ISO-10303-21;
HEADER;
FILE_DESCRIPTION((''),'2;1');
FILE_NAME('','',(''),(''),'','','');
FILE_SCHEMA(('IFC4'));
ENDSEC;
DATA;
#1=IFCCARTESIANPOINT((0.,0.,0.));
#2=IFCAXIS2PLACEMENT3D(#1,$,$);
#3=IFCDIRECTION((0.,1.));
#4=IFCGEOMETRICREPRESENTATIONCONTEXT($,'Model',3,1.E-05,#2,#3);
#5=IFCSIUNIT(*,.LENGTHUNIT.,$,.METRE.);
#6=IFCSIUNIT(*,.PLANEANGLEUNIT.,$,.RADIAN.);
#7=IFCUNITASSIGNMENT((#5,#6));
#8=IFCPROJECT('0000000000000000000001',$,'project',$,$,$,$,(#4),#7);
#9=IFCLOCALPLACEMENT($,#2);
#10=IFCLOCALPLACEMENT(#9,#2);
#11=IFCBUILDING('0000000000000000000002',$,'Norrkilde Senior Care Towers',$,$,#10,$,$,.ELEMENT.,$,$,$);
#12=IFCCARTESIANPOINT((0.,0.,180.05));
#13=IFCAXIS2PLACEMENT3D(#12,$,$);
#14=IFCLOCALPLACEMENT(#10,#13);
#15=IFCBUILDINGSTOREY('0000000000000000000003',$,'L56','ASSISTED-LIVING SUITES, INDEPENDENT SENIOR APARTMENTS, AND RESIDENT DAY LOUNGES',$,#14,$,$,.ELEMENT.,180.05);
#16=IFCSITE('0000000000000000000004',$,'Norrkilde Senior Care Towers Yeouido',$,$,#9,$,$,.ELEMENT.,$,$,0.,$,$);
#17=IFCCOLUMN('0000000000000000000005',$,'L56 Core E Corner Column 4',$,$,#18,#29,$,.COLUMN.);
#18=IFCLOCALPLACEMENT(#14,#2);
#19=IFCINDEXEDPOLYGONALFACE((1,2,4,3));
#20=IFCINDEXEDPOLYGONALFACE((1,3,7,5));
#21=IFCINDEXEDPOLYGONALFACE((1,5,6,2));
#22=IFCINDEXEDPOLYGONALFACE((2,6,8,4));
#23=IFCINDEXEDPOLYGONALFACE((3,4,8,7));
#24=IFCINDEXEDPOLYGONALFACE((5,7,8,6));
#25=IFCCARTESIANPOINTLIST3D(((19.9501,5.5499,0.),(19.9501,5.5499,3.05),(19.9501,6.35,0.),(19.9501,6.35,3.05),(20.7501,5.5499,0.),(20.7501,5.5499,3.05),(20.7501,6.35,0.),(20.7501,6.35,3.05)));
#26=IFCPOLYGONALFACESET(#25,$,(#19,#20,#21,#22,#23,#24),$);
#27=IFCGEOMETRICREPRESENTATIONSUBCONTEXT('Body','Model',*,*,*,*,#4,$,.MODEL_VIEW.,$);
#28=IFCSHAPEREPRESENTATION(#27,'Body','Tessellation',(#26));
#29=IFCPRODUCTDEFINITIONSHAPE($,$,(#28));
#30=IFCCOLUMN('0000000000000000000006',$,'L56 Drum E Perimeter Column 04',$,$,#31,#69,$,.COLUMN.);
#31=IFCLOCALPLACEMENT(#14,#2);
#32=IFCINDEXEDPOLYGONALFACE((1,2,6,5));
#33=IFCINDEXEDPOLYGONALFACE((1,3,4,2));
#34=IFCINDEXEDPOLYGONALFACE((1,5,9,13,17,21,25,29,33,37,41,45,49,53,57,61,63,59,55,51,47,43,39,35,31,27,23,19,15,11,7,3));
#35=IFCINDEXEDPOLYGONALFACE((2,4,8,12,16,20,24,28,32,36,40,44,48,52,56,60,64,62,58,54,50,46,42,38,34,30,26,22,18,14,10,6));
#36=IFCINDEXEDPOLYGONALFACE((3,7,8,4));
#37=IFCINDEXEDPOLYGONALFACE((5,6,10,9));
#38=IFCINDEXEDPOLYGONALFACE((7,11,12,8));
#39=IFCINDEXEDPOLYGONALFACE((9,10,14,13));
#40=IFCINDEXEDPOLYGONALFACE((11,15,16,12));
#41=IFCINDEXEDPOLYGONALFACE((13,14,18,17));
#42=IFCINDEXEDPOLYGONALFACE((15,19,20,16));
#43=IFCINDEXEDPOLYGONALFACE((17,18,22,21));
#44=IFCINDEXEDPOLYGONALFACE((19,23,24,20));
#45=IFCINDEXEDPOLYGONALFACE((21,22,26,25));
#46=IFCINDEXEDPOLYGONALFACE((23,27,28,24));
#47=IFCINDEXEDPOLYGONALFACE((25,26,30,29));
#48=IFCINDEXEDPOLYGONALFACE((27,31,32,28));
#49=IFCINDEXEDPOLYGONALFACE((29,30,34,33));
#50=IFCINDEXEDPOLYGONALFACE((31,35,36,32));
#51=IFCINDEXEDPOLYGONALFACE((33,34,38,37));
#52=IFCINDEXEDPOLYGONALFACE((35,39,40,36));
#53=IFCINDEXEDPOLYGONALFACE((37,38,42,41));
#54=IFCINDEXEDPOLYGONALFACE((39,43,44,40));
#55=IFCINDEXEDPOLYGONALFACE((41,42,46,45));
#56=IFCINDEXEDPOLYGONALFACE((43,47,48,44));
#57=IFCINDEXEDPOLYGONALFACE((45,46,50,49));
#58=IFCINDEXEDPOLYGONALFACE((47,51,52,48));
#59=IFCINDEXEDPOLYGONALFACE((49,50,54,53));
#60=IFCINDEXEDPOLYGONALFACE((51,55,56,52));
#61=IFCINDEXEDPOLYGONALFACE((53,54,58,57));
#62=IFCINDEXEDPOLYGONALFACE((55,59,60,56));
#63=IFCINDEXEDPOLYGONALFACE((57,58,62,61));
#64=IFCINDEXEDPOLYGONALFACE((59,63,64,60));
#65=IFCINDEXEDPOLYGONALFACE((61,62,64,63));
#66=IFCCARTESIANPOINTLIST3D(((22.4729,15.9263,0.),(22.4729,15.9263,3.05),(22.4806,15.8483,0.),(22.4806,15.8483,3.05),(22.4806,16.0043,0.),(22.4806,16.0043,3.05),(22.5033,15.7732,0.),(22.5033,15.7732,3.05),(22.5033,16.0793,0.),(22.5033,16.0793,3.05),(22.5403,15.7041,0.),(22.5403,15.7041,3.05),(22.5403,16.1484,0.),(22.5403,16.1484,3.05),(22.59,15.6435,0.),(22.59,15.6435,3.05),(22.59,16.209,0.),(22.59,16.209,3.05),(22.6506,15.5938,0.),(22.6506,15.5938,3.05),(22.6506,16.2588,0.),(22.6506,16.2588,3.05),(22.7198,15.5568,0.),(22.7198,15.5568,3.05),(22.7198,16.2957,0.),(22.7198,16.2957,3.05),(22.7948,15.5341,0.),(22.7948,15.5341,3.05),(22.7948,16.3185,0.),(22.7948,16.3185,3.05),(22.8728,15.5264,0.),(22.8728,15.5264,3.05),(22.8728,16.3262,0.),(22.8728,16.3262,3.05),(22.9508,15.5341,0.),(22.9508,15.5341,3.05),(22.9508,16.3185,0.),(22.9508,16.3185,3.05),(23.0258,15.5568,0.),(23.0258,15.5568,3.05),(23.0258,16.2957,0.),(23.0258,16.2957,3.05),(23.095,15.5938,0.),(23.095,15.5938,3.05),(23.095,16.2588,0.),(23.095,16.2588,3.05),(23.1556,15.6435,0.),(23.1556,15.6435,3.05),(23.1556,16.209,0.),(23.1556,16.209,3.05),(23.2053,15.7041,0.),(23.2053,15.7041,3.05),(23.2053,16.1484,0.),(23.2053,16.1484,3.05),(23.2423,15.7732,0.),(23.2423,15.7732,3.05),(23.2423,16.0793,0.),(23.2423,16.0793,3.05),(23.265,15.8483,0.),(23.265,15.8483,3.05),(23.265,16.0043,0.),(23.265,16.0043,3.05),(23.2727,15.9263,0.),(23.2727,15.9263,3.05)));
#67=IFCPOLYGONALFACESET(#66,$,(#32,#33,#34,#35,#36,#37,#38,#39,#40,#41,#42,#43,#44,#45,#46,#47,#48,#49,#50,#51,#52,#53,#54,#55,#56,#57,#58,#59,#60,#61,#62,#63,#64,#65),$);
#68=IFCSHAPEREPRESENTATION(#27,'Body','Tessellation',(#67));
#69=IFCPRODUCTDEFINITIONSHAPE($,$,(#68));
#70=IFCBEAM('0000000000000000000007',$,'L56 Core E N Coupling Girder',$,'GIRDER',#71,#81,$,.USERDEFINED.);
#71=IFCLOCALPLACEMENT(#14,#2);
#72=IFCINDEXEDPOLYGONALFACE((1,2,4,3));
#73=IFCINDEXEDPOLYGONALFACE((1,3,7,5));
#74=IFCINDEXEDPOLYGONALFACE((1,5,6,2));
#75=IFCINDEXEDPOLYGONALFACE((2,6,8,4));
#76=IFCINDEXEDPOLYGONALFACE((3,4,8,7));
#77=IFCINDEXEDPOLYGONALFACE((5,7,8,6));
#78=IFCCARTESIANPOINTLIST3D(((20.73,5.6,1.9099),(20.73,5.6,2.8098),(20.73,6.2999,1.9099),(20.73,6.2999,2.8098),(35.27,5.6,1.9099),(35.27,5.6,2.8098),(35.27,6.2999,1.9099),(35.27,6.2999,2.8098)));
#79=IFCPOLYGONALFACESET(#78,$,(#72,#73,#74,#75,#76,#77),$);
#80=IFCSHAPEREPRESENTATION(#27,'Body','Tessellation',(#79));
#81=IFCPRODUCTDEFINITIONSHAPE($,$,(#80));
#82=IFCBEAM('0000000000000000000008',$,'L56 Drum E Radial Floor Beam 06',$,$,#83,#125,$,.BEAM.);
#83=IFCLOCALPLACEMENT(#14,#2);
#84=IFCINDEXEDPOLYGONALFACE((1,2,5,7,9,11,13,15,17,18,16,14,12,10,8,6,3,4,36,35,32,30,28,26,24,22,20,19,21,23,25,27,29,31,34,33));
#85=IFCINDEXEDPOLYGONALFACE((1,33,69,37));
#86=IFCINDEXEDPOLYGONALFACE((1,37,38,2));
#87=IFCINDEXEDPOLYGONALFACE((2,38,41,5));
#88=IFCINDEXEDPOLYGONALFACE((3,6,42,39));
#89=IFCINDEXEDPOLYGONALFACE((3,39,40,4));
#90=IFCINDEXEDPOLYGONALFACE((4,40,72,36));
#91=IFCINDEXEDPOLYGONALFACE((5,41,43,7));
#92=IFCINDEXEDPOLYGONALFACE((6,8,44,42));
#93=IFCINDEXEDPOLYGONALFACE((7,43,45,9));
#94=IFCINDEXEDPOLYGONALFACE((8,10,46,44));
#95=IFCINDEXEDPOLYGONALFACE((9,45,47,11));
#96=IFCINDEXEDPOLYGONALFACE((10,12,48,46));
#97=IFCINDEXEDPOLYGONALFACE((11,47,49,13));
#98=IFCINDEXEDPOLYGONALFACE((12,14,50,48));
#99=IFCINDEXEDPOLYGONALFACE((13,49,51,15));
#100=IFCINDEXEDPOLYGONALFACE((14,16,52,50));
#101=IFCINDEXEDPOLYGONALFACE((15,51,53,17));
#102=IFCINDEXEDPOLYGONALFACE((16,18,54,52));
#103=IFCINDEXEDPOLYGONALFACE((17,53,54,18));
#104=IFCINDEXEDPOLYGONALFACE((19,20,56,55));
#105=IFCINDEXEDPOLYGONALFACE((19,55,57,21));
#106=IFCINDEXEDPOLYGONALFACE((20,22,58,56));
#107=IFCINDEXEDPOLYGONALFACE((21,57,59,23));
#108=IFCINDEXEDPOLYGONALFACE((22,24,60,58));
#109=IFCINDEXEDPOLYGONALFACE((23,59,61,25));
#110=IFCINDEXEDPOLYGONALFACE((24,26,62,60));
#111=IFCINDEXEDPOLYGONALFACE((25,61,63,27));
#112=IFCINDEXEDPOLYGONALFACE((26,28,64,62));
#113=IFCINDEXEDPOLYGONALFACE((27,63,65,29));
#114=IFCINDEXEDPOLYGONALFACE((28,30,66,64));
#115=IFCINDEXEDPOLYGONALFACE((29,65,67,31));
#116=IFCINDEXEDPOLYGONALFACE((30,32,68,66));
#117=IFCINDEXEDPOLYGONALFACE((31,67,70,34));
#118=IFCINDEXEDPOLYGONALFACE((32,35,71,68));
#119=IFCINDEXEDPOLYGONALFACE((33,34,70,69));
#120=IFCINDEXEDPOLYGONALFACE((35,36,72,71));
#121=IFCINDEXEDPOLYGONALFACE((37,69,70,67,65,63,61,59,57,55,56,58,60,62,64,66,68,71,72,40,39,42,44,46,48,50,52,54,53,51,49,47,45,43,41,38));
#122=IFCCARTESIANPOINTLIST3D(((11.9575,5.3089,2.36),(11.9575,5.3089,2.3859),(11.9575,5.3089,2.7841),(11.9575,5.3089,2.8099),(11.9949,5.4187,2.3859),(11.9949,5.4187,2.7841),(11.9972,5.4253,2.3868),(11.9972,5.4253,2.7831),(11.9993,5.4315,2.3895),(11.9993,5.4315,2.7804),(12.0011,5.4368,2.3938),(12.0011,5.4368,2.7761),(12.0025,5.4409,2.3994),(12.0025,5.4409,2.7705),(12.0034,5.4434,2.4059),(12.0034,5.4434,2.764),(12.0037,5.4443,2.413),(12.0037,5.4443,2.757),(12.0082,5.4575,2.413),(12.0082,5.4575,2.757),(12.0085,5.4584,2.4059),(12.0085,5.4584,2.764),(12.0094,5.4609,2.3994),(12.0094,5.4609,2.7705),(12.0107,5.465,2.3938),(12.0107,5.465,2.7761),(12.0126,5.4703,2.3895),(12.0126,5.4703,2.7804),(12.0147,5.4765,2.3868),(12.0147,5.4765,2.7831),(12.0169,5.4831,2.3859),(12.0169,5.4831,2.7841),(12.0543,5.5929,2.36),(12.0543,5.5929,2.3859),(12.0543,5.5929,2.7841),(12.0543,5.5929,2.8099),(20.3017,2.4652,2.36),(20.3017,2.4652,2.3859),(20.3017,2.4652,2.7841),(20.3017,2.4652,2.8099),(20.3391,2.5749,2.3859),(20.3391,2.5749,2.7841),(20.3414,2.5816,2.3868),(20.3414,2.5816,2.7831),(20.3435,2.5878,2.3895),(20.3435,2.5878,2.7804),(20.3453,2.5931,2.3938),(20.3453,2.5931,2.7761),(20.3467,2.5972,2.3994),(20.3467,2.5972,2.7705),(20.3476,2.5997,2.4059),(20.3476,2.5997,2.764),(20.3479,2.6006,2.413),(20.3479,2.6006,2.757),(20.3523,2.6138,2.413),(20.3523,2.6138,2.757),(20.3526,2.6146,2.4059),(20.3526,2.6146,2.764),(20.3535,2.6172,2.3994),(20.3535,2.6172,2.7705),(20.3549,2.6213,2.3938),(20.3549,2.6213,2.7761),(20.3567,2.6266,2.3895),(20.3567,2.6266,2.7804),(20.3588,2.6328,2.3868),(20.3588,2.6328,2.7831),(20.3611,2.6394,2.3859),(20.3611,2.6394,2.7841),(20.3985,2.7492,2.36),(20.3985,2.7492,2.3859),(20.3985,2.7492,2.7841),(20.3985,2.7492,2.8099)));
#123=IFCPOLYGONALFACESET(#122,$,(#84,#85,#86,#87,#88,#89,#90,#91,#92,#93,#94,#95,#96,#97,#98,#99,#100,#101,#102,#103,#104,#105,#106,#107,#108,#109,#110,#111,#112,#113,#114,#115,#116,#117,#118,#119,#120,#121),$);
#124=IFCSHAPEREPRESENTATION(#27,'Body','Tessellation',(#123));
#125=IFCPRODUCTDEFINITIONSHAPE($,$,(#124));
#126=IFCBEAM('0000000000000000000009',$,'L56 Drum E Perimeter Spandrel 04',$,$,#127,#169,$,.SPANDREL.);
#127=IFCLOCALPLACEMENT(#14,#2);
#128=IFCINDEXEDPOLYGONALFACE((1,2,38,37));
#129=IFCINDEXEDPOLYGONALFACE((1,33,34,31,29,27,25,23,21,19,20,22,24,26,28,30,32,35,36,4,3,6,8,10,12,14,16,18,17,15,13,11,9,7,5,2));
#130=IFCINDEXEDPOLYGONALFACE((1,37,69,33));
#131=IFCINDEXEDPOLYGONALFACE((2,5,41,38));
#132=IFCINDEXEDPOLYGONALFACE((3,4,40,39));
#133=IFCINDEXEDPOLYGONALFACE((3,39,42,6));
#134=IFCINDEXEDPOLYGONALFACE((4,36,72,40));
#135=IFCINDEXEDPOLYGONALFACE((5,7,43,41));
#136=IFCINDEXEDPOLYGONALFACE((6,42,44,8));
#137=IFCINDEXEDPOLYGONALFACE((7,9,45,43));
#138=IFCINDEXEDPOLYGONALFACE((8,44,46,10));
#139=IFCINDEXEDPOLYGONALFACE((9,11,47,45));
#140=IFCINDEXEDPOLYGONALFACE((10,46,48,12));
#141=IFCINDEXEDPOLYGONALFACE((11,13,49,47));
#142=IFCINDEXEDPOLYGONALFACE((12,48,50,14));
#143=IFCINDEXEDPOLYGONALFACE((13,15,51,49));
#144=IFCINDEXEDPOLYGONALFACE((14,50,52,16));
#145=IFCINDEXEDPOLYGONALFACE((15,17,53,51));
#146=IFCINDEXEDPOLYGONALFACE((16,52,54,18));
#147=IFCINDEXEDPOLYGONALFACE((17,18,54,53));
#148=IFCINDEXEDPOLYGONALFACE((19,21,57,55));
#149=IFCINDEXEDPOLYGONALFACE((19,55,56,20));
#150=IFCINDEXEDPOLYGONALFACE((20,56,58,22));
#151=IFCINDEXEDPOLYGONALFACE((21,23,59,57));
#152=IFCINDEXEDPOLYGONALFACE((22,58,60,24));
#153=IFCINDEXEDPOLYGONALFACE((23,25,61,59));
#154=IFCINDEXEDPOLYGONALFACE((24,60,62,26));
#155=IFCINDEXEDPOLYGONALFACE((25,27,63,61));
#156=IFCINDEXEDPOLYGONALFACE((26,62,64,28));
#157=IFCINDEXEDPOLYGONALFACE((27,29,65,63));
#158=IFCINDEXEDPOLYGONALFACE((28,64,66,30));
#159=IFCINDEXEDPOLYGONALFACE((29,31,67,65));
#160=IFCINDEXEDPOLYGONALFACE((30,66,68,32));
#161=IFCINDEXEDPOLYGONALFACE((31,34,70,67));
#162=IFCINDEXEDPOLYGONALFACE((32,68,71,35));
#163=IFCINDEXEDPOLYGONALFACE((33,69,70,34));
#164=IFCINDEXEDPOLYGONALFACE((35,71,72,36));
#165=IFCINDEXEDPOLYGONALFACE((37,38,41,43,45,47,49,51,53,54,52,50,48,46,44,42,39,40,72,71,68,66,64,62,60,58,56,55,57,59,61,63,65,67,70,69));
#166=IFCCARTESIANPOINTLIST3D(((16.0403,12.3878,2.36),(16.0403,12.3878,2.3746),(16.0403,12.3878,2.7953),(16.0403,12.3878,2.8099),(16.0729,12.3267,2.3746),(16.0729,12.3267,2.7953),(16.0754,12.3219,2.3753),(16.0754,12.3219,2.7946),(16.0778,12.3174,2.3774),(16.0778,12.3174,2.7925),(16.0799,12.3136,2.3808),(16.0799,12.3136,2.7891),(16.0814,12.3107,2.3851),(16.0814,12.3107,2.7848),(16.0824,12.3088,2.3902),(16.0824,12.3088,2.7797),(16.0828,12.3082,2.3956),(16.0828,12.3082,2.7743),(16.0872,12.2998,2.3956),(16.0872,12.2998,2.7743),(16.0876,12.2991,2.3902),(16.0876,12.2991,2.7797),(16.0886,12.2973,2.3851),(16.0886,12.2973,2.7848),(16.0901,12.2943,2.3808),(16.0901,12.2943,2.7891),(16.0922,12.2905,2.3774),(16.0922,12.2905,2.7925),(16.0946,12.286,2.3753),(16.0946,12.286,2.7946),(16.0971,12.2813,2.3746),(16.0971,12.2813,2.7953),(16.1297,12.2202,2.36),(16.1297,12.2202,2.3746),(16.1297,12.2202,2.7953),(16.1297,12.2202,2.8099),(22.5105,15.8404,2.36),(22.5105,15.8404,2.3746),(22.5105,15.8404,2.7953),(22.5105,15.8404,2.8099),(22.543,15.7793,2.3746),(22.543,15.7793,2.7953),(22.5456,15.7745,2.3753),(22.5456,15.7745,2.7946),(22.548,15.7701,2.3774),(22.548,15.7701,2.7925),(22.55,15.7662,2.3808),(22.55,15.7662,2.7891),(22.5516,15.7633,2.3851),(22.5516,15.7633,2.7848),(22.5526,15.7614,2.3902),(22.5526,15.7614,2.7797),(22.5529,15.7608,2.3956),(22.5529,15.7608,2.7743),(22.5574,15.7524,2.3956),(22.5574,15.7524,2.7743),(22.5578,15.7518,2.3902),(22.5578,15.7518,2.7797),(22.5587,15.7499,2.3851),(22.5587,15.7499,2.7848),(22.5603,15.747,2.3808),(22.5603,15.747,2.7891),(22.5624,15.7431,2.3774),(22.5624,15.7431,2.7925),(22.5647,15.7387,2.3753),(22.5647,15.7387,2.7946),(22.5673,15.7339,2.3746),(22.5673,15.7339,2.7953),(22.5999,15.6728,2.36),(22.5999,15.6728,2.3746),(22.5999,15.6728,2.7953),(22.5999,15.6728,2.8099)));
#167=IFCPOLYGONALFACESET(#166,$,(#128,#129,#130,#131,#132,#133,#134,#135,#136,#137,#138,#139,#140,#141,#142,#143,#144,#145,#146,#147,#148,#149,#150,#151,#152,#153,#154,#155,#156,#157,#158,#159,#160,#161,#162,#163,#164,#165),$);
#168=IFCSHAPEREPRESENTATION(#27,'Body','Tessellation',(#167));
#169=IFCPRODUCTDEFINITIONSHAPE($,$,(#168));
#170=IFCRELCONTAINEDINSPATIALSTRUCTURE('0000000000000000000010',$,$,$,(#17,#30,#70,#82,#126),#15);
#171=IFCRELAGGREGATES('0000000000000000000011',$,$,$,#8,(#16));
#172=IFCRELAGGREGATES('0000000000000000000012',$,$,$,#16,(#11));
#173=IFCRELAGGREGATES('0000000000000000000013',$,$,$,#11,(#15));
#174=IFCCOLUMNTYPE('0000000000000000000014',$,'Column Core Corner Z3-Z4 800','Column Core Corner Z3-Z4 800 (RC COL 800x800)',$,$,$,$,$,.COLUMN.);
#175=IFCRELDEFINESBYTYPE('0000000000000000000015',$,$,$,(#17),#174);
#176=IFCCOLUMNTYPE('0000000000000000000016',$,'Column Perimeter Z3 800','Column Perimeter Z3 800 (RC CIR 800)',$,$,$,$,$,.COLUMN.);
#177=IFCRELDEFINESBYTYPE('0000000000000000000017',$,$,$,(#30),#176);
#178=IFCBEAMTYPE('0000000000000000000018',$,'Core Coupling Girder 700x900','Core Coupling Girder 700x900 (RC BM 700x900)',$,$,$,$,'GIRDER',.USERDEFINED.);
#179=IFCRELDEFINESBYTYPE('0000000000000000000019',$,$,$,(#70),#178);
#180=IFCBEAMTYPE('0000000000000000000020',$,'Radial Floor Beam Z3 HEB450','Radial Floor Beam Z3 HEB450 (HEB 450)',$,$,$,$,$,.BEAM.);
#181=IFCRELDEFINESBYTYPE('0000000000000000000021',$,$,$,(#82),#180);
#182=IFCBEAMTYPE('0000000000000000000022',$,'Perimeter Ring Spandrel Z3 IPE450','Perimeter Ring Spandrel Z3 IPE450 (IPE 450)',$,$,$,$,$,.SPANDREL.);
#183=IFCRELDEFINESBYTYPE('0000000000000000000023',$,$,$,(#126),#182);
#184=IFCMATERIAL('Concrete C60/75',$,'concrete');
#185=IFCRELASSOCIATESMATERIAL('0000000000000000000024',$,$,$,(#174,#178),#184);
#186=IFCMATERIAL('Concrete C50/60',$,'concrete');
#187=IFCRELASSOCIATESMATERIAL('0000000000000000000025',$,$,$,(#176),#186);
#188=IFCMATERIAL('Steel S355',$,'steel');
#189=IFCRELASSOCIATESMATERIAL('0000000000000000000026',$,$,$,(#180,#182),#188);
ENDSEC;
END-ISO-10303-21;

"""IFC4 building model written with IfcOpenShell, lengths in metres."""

from ifc_helpers import new_model, si_unit, direction, frame, origin, origin_2d, place, context, subcontext, project, spatial, rectangle, circle, i_section, extrude, source, transform, mapped, material, material_profile, profile_set, type_object, type_shapes, element, save


model = new_model("IFC4")

# Units and contexts
model_context = context("Model", 3, precision=1e-05, world=origin(), true_north=direction((0.0, 1.0)))
body_context = subcontext(model_context, "Body", "Model", "MODEL_VIEW")
ifc_project = project(units=[si_unit("LENGTHUNIT", "METRE"), si_unit("PLANEANGLEUNIT", "RADIAN")], contexts=[model_context])

# Site, building, storey
site_placement = place(None, origin())
site = spatial("IfcSite", under=ifc_project, at=site_placement, Name="Norrkilde Senior Care Towers Yeouido", CompositionType="ELEMENT", RefElevation=0.0)
building_placement = place(site_placement, origin())
building = spatial("IfcBuilding", under=site, at=building_placement, Name="Norrkilde Senior Care Towers", CompositionType="ELEMENT")
storey_placement = place(building_placement, frame((0.0, 0.0, 180.05)))
storey = spatial("IfcBuildingStorey", under=building, at=storey_placement, Name="L56", Description="ASSISTED-LIVING SUITES, INDEPENDENT SENIOR APARTMENTS, AND RESIDENT DAY LOUNGES", CompositionType="ELEMENT", Elevation=180.05)

# Columns
ifc_material_1 = material(Name="Concrete C60/75", Category="concrete")
ifc_material_profile_1 = material_profile(ifc_material_1, rectangle(XDim=0.8, YDim=0.8, at=origin_2d()), Name="RC COL 800x800")
ifc_profile_set_1 = profile_set([ifc_material_profile_1], Name="Concrete C60/75")
column_type_1 = type_object("IfcColumnType", Name="Column Core Corner Z3-Z4 800", Description="Column Core Corner Z3-Z4 800 (RC COL 800x800)", PredefinedType="COLUMN", material=ifc_profile_set_1)
shared_shape_1 = source(origin(), body_context, "Body", "SweptSolid", [
    extrude(rectangle(XDim=0.8, YDim=0.8, at=origin_2d()), origin(), (0.0, 0.0, 1.0), 3.05),
])
type_shapes(column_type_1, [shared_shape_1])
column_1_placement = place(storey_placement, frame((20.3501, 5.95, 0.0), z_axis=(0.0, 0.0, 1.0), x_axis=(1.0, 0.0, 0.0)))
element("IfcColumn", 1, at=column_1_placement, inside=storey, type_object=column_type_1, Name="L56 Core E Corner Column 4", PredefinedType="COLUMN", context=body_context, shape_type="MappedRepresentation", body=[
    mapped(shared_shape_1, transform((0.0, 0.0, 0.0), x_axis=(1.0, 0.0, 0.0), y_axis=(0.0, 1.0, 0.0), z_axis=(0.0, 0.0, 1.0), scale=1.0)),
])
ifc_material_2 = material(Name="Concrete C50/60", Category="concrete")
ifc_material_profile_2 = material_profile(ifc_material_2, circle(Radius=0.3999, at=origin_2d()), Name="RC CIR 800")
ifc_profile_set_2 = profile_set([ifc_material_profile_2], Name="Concrete C50/60")
column_type_2 = type_object("IfcColumnType", Name="Column Perimeter Z3 800", Description="Column Perimeter Z3 800 (RC CIR 800)", PredefinedType="COLUMN", material=ifc_profile_set_2)
shared_shape_2 = source(origin(), body_context, "Body", "SweptSolid", [
    extrude(circle(Radius=0.3999, at=origin_2d()), origin(), (0.0, 0.0, 1.0), 3.05),
])
type_shapes(column_type_2, [shared_shape_2])
column_2_placement = place(storey_placement, frame((22.8728, 15.9263, 0.0), z_axis=(0.0, 0.0, 1.0), x_axis=(1.0, 0.0, 0.0)))
element("IfcColumn", 2, at=column_2_placement, inside=storey, type_object=column_type_2, Name="L56 Drum E Perimeter Column 04", PredefinedType="COLUMN", context=body_context, shape_type="MappedRepresentation", body=[
    mapped(shared_shape_2, transform((0.0, 0.0, 0.0), x_axis=(1.0, 0.0, 0.0), y_axis=(0.0, 1.0, 0.0), z_axis=(0.0, 0.0, 1.0), scale=1.0)),
])

# Beams
ifc_material_profile_3 = material_profile(ifc_material_1, rectangle(XDim=0.7, YDim=0.8999, at=origin_2d()), Name="RC BM 700x900")
ifc_profile_set_3 = profile_set([ifc_material_profile_3], Name="Concrete C60/75")
beam_type_1 = type_object("IfcBeamType", Name="Core Coupling Girder 700x900", Description="Core Coupling Girder 700x900 (RC BM 700x900)", ElementType="GIRDER", PredefinedType="USERDEFINED", material=ifc_profile_set_3)
shared_shape_3 = source(origin(), body_context, "Body", "SweptSolid", [
    extrude(rectangle(XDim=0.7, YDim=0.8999, at=origin_2d()), origin(), (0.0, 0.0, 1.0), 14.54),
])
type_shapes(beam_type_1, [shared_shape_3])
beam_1_placement = place(storey_placement, frame((20.73, 5.95, 2.3599), z_axis=(1.0, 0.0, 0.0), x_axis=(0.0, 1.0, 0.0)))
element("IfcBeam", 3, at=beam_1_placement, inside=storey, type_object=beam_type_1, Name="L56 Core E N Coupling Girder", ObjectType="GIRDER", PredefinedType="USERDEFINED", context=body_context, shape_type="MappedRepresentation", body=[
    mapped(shared_shape_3, transform((0.0, 0.0, 0.0), x_axis=(1.0, 0.0, 0.0), y_axis=(0.0, 1.0, 0.0), z_axis=(0.0, 0.0, 1.0), scale=1.0)),
])
ifc_material_3 = material(Name="Steel S355", Category="steel")
ifc_material_profile_4 = material_profile(ifc_material_3, i_section(OverallWidth=0.3, OverallDepth=0.45, WebThickness=0.0139, FlangeThickness=0.0259, FilletRadius=0.0271, at=origin_2d()), Name="HEB 450")
ifc_profile_set_4 = profile_set([ifc_material_profile_4], Name="Steel S355")
beam_type_2 = type_object("IfcBeamType", Name="Radial Floor Beam Z3 HEB450", Description="Radial Floor Beam Z3 HEB450 (HEB 450)", PredefinedType="BEAM", material=ifc_profile_set_4)
shared_shape_4 = source(origin(), body_context, "Body", "SweptSolid", [
    extrude(i_section(OverallWidth=0.3, OverallDepth=0.45, WebThickness=0.0139, FlangeThickness=0.0259, FilletRadius=0.0271, at=origin_2d()), origin(), (0.0, 0.0, 1.0), 8.8154),
])
beam_2_placement = place(storey_placement, frame((20.3501, 2.6072, 2.585), z_axis=(-0.946541, 0.322585, 0.0), x_axis=(-0.322585, -0.946541, 0.0)))
element("IfcBeam", 4, at=beam_2_placement, inside=storey, type_object=beam_type_2, Name="L56 Drum E Radial Floor Beam 06", PredefinedType="BEAM", context=body_context, shape_type="MappedRepresentation", body=[
    mapped(shared_shape_4, transform((0.0, 0.0, 0.0), x_axis=(1.0, 0.0, 0.0), y_axis=(0.0, 1.0, 0.0), z_axis=(0.0, 0.0, 1.0), scale=1.0)),
])
ifc_material_profile_5 = material_profile(ifc_material_3, i_section(OverallWidth=0.1899, OverallDepth=0.45, WebThickness=0.0095, FlangeThickness=0.0146, FilletRadius=0.021, at=origin_2d()), Name="IPE 450")
ifc_profile_set_5 = profile_set([ifc_material_profile_5], Name="Steel S355")
beam_type_3 = type_object("IfcBeamType", Name="Perimeter Ring Spandrel Z3 IPE450", Description="Perimeter Ring Spandrel Z3 IPE450 (IPE 450)", PredefinedType="SPANDREL", material=ifc_profile_set_5)
shared_shape_5 = source(origin(), body_context, "Body", "SweptSolid", [
    extrude(i_section(OverallWidth=0.1899, OverallDepth=0.45, WebThickness=0.0095, FlangeThickness=0.0146, FilletRadius=0.021, at=origin_2d()), origin(), (0.0, 0.0, 1.0), 7.3337),
])
type_shapes(beam_type_3, [shared_shape_5])
beam_3_placement = place(storey_placement, frame((22.5552, 15.7566, 2.585), z_axis=(-0.882248, -0.470785, 0.0), x_axis=(0.470785, -0.882248, 0.0)))
element("IfcBeam", 5, at=beam_3_placement, inside=storey, type_object=beam_type_3, Name="L56 Drum E Perimeter Spandrel 04", PredefinedType="SPANDREL", context=body_context, shape_type="MappedRepresentation", body=[
    mapped(shared_shape_5, transform((0.0, 0.0, 0.0), x_axis=(1.0, 0.0, 0.0), y_axis=(0.0, 1.0, 0.0), z_axis=(0.0, 0.0, 1.0), scale=1.0)),
])

save(model, "model.ifc")
